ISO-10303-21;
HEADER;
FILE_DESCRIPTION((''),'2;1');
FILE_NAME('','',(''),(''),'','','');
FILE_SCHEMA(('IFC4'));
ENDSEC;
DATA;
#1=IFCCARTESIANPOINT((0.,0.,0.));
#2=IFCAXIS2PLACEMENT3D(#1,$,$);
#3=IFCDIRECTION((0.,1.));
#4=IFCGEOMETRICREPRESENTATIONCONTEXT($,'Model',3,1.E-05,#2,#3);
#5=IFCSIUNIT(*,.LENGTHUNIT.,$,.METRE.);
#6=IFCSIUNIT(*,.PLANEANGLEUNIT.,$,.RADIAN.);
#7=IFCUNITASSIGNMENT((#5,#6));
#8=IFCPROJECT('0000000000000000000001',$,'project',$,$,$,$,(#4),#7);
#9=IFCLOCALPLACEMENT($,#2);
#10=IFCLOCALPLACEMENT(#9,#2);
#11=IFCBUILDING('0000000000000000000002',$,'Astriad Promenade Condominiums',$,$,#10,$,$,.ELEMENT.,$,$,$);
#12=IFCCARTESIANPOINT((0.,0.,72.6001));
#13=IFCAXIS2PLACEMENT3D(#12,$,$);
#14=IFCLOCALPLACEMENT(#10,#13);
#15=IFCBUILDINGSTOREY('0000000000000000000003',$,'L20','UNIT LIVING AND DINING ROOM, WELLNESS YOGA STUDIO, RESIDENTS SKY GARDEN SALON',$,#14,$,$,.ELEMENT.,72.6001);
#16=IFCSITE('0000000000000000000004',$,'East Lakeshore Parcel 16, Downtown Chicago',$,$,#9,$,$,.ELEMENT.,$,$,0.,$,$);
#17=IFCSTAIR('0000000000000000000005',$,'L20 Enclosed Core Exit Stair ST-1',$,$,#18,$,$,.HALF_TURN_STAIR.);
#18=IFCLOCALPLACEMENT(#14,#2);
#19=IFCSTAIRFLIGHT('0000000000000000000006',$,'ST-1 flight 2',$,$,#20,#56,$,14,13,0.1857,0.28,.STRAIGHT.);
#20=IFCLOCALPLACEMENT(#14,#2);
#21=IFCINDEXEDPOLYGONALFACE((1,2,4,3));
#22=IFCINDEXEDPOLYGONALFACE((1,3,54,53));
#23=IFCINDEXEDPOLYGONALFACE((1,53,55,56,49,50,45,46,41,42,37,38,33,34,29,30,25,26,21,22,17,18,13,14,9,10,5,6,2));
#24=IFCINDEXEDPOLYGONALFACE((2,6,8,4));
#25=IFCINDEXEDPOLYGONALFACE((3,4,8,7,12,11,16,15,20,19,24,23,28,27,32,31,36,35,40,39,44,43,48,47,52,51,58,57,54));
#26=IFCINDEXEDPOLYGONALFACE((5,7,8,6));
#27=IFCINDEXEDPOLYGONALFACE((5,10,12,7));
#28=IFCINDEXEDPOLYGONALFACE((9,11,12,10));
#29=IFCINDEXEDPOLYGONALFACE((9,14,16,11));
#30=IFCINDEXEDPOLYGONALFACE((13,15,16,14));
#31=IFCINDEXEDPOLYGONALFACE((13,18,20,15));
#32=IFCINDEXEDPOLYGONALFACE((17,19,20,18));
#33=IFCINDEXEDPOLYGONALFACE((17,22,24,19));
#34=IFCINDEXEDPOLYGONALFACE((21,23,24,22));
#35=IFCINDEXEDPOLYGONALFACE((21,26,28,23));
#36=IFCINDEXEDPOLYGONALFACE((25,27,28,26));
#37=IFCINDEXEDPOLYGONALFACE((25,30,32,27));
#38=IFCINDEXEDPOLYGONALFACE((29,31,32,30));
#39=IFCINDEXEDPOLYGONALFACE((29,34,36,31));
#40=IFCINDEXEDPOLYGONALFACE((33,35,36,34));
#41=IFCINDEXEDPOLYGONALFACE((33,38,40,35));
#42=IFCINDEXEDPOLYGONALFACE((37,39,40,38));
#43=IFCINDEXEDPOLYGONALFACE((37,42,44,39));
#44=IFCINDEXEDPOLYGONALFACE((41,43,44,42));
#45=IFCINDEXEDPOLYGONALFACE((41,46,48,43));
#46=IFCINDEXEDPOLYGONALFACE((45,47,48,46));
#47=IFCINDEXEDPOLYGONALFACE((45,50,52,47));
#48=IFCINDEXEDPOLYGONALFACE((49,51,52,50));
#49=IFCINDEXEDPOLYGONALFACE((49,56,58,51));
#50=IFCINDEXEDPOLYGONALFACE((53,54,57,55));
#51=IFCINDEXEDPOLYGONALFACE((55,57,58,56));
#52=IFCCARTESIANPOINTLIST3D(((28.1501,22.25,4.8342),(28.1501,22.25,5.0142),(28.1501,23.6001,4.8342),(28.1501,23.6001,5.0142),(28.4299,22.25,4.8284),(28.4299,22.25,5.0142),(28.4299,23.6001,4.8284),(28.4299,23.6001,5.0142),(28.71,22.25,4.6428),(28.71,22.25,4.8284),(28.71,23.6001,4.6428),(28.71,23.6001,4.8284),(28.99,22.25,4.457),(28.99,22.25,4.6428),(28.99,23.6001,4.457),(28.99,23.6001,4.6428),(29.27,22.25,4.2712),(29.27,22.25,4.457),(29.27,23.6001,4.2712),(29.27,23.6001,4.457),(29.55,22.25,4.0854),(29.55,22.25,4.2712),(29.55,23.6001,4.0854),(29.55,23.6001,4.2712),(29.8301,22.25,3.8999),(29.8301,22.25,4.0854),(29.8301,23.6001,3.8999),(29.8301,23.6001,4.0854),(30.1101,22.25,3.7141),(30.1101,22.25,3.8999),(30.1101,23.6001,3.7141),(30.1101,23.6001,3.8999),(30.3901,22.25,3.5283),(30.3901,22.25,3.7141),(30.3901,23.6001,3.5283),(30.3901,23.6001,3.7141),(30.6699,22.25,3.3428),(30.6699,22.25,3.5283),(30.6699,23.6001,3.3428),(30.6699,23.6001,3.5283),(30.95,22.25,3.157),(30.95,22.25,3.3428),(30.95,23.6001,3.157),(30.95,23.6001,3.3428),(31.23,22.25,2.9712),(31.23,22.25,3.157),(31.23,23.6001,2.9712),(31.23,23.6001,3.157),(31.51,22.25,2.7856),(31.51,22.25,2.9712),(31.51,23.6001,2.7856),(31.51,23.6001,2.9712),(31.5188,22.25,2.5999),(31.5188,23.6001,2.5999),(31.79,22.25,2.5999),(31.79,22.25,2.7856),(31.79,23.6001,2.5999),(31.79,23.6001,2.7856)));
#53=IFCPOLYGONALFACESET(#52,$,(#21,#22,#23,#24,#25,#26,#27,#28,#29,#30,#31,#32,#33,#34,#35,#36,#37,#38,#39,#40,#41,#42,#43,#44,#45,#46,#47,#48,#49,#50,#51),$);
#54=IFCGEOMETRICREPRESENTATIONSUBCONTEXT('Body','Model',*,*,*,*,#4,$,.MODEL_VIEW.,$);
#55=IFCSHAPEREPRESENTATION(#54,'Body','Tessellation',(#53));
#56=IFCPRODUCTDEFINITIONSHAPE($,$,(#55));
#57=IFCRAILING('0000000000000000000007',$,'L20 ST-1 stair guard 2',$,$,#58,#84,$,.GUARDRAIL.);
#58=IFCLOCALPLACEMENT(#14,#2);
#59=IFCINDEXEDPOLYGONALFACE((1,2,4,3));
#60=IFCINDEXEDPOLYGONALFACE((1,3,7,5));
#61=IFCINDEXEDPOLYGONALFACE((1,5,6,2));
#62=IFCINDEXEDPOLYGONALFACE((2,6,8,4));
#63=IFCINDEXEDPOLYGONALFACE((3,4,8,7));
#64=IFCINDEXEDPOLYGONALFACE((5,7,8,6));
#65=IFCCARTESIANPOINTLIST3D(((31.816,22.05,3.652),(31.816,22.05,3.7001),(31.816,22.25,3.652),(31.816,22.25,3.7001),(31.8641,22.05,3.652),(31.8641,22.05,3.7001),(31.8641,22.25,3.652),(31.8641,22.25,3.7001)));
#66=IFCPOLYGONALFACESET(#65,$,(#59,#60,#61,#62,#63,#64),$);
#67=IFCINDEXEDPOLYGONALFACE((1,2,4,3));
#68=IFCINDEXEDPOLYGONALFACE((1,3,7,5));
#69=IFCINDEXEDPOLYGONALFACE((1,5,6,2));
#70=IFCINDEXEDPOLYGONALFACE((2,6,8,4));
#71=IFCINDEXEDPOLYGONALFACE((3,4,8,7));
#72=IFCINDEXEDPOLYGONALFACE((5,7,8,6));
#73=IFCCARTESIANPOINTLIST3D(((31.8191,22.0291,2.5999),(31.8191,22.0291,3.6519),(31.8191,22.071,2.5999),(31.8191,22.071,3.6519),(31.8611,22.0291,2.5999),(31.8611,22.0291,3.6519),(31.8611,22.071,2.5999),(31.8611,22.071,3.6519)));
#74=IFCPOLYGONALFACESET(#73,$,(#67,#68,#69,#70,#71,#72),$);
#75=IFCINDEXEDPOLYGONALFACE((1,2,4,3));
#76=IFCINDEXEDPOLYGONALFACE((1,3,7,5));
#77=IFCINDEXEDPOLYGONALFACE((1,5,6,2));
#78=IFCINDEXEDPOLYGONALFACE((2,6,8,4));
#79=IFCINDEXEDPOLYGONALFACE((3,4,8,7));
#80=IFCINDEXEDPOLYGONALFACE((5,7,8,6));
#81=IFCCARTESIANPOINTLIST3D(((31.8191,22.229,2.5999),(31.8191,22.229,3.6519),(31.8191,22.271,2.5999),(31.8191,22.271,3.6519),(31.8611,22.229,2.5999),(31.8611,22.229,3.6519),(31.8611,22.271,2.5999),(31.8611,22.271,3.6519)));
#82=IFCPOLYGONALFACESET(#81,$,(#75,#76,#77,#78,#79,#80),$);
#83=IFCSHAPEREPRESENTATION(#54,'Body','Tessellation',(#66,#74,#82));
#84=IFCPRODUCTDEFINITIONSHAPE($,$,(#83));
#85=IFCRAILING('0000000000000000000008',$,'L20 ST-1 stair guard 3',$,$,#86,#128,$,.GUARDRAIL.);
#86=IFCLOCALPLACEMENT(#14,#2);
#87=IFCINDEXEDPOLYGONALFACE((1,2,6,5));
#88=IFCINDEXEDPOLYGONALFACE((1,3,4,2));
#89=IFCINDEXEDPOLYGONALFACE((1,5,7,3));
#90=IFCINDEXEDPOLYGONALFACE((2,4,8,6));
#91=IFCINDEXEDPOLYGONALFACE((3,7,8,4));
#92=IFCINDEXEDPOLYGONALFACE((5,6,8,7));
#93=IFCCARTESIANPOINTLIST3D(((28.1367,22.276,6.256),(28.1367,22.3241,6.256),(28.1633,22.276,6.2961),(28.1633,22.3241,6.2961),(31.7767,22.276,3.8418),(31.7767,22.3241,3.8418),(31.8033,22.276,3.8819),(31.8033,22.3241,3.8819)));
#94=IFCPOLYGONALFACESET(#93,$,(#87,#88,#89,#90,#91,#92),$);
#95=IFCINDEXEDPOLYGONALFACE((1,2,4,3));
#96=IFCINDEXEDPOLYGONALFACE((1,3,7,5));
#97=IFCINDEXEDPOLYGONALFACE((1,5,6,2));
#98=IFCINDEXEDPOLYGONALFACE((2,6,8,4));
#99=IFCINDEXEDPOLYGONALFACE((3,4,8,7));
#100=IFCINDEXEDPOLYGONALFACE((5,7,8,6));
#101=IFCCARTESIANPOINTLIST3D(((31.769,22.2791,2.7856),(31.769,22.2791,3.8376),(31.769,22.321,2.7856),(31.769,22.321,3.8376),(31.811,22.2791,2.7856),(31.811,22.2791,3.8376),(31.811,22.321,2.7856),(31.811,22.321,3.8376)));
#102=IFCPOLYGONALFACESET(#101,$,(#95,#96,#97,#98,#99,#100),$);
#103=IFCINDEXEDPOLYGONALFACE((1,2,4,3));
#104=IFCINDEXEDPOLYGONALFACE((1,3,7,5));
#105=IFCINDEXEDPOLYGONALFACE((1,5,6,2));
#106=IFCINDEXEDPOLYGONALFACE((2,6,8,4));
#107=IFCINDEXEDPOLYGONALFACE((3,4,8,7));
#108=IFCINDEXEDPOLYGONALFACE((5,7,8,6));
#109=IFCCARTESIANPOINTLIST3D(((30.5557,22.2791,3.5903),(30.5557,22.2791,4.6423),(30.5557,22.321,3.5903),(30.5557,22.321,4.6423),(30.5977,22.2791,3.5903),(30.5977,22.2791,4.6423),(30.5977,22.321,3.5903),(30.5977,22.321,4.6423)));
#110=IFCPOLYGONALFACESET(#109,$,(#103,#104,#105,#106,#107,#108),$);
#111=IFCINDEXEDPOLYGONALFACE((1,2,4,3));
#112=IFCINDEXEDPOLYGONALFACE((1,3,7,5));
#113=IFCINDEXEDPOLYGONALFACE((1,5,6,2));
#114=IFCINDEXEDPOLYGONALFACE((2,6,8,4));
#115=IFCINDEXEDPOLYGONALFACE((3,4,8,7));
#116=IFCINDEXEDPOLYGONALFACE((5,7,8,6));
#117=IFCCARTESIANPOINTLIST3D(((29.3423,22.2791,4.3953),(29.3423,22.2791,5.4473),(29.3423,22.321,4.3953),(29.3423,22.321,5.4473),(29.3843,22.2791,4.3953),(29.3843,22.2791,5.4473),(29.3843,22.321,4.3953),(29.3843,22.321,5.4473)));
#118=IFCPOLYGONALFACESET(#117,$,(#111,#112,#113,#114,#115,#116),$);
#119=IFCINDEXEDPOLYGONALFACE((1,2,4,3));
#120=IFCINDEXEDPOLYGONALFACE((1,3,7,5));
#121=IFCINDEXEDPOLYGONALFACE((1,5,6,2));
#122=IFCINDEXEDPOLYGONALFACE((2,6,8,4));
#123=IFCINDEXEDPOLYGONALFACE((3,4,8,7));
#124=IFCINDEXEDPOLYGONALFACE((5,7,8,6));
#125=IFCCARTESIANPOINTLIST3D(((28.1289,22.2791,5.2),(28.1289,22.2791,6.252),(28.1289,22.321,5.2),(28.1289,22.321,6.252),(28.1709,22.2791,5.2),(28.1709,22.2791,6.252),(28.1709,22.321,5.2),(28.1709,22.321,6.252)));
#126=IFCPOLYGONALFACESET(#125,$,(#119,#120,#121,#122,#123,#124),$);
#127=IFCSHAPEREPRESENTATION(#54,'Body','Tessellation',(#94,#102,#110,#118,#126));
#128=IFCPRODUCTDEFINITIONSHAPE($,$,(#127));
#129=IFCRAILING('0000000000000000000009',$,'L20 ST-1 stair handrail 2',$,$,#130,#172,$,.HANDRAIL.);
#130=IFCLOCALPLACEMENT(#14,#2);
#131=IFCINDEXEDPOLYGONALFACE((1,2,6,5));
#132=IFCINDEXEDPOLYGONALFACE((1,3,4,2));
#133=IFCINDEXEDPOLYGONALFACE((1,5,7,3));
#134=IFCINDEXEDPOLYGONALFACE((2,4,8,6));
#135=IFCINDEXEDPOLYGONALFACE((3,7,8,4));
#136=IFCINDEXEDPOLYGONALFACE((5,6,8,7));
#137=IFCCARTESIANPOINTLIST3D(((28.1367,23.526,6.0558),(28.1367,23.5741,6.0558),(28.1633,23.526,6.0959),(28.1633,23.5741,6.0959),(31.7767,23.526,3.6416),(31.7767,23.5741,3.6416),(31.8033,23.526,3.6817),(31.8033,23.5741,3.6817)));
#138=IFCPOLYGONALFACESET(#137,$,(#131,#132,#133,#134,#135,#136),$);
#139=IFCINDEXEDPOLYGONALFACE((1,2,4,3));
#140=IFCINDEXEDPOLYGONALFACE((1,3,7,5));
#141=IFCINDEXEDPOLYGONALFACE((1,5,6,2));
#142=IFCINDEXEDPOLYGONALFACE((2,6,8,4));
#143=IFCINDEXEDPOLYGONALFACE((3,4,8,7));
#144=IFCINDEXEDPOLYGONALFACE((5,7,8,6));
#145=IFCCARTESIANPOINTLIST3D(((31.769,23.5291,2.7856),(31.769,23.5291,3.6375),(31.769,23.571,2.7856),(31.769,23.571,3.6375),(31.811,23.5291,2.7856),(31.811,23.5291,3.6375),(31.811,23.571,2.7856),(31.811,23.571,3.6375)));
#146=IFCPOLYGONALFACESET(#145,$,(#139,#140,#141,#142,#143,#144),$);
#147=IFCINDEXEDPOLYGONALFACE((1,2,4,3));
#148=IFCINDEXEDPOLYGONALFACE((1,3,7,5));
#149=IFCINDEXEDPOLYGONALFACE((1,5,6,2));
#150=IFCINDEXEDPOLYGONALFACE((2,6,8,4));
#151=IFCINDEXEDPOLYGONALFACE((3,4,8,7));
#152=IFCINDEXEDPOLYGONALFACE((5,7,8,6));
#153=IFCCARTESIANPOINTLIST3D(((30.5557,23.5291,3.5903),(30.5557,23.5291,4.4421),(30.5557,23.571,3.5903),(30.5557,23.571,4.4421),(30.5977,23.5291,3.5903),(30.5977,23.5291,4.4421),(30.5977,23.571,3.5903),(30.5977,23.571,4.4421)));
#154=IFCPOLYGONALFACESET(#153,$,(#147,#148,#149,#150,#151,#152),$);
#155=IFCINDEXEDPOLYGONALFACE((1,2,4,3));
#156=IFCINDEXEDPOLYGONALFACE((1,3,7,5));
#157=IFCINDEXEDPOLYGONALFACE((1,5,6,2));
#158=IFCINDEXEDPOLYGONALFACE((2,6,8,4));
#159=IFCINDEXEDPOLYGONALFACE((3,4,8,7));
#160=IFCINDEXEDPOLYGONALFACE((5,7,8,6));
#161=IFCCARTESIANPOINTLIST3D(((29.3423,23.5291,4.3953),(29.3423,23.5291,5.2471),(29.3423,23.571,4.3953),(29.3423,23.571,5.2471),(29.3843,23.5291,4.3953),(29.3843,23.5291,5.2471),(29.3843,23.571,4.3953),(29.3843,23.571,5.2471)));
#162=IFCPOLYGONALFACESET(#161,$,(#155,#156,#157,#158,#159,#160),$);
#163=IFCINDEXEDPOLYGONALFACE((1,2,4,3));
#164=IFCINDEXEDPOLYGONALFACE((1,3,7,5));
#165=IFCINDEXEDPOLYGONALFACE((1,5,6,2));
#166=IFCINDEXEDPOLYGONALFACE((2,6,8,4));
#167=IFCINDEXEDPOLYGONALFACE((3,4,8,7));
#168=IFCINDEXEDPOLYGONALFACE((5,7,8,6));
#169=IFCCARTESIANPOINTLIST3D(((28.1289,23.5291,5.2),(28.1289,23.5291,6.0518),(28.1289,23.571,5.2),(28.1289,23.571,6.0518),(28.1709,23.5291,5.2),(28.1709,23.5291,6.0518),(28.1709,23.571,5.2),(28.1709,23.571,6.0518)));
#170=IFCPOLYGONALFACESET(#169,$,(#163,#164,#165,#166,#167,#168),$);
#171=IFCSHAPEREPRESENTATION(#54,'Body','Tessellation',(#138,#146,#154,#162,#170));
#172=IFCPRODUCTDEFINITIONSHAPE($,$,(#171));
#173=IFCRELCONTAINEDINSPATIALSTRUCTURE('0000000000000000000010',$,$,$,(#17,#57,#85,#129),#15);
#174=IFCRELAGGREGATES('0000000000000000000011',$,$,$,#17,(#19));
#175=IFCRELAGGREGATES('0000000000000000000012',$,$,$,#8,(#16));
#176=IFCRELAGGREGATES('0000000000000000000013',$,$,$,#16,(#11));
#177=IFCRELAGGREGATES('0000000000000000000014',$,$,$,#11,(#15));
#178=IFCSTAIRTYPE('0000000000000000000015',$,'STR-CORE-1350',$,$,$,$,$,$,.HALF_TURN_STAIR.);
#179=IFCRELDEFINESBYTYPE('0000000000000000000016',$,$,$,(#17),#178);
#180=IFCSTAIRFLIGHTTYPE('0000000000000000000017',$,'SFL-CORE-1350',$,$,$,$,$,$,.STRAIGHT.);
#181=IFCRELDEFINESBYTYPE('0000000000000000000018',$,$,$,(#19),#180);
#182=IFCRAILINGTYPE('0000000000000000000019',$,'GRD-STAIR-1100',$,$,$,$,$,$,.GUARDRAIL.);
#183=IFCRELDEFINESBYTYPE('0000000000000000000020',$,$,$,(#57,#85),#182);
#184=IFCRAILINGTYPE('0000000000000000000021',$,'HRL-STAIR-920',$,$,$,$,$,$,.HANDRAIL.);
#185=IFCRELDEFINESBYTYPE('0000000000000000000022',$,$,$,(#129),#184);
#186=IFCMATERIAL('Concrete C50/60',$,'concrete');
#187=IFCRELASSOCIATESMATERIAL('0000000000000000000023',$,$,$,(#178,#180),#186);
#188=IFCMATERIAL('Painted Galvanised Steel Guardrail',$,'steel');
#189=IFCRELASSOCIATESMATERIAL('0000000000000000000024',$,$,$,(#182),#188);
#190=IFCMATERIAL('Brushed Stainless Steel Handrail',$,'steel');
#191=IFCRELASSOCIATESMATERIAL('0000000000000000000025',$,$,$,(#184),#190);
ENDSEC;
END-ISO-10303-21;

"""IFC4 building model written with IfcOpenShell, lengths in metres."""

from ifc_helpers import new_model, si_unit, direction, frame, origin, origin_2d, place, context, subcontext, project, spatial, polyline, rectangle, outline, extrude, source, transform, mapped, material, type_object, type_shapes, element, aggregate, save


model = new_model("IFC4")

# Units and contexts
model_context = context("Model", 3, precision=1e-05, world=origin(), true_north=direction((0.0, 1.0)))
body_context = subcontext(model_context, "Body", "Model", "MODEL_VIEW")
ifc_project = project(units=[si_unit("LENGTHUNIT", "METRE"), si_unit("PLANEANGLEUNIT", "RADIAN")], contexts=[model_context])

# Site, building, storey
site_placement = place(None, origin())
site = spatial("IfcSite", under=ifc_project, at=site_placement, Name="East Lakeshore Parcel 16, Downtown Chicago", CompositionType="ELEMENT", RefElevation=0.0)
building_placement = place(site_placement, origin())
building = spatial("IfcBuilding", under=site, at=building_placement, Name="Astriad Promenade Condominiums", CompositionType="ELEMENT")
storey_placement = place(building_placement, frame((0.0, 0.0, 72.6001)))
storey = spatial("IfcBuildingStorey", under=building, at=storey_placement, Name="L20", Description="UNIT LIVING AND DINING ROOM, WELLNESS YOGA STUDIO, RESIDENTS SKY GARDEN SALON", CompositionType="ELEMENT", Elevation=72.6001)

# Shared definitions
ifc_material_1 = material(Name="Concrete C50/60", Category="concrete")

# Stair, stair flight
stair_type = type_object("IfcStairType", Name="STR-CORE-1350", PredefinedType="HALF_TURN_STAIR", material=ifc_material_1)
stair_placement = place(storey_placement, origin())
stair = element("IfcStair", 1, at=stair_placement, inside=storey, type_object=stair_type, Name="L20 Enclosed Core Exit Stair ST-1", PredefinedType="HALF_TURN_STAIR")
stair_flight_type = type_object("IfcStairFlightType", Name="SFL-CORE-1350", PredefinedType="STRAIGHT", material=ifc_material_1)
shared_shape_1 = source(origin(), body_context, "Body", "SweptSolid", [
    extrude(outline(polyline([(0.0, 0.0), (0.0, 0.1858), (0.28, 0.1858), (0.28, 0.3713), (0.5601, 0.3713), (0.5601, 0.5571), (0.8401, 0.5571), (0.8401, 0.7429), (1.1201, 0.7429), (1.1201, 0.9285), (1.3999, 0.9285), (1.3999, 1.1143), (1.6799, 1.1143), (1.6799, 1.3), (1.96, 1.3), (1.96, 1.4856), (2.24, 1.4856), (2.24, 1.6714), (2.52, 1.6714), (2.52, 1.8572), (2.8, 1.8572), (2.8, 2.043), (3.0801, 2.043), (3.0801, 2.2285), (3.3601, 2.2285), (3.3601, 2.4143), (3.6399, 2.4143), (3.6399, 2.6001), (3.6399, 2.2344), (0.2712, 0.0), (0.0, 0.0)])), frame((0.0, 0.675, 0.0), z_axis=(0.0, -1.0, 0.0), x_axis=(1.0, 0.0, 0.0)), (0.0, 0.0, 1.0), 1.3501),
])
type_shapes(stair_flight_type, [shared_shape_1])
stair_flight_placement = place(storey_placement, frame((31.79, 22.925, 2.5999), z_axis=(0.0, 0.0, 1.0), x_axis=(-1.0, 0.0, 0.0)))
stair_flight = element("IfcStairFlight", 2, at=stair_flight_placement, type_object=stair_flight_type, Name="ST-1 flight 2", NumberOfRisers=14, NumberOfTreads=13, PredefinedType="STRAIGHT", RiserHeight=0.1857, TreadLength=0.28, context=body_context, shape_type="MappedRepresentation", body=[
    mapped(shared_shape_1, transform((0.0, 0.0, 0.0), scale=1.0)),
])
aggregate(stair, [stair_flight])

# Railings
ifc_material_2 = material(Name="Painted Galvanised Steel Guardrail", Category="steel")
railing_type_1 = type_object("IfcRailingType", Name="GRD-STAIR-1100", PredefinedType="GUARDRAIL", material=ifc_material_2)
shared_shape_2 = source(origin(), body_context, "Body", "SweptSolid", [
    extrude(rectangle(XDim=0.0481, YDim=0.0481, at=origin_2d()), frame((0.0, 0.0, 1.0762), z_axis=(0.0, 1.0, 0.0), x_axis=(-1.0, 0.0, 0.0)), (0.0, 0.0, 1.0), 0.2),
    extrude(rectangle(XDim=0.042, YDim=0.042, at=origin_2d()), origin(), (0.0, 0.0, 1.0), 1.052),
    extrude(rectangle(XDim=0.042, YDim=0.042, at=origin_2d()), frame((0.0, 0.2, 0.0)), (0.0, 0.0, 1.0), 1.052),
])
railing_1_placement = place(storey_placement, frame((31.8401, 22.05, 2.5999)))
element("IfcRailing", 3, at=railing_1_placement, inside=storey, type_object=railing_type_1, Name="L20 ST-1 stair guard 2", PredefinedType="GUARDRAIL", context=body_context, shape_type="MappedRepresentation", body=[
    mapped(shared_shape_2, transform((0.0, 0.0, 0.0), scale=1.0)),
])
shared_shape_3 = source(origin(), body_context, "Body", "SweptSolid", [
    extrude(rectangle(XDim=0.0481, YDim=0.0481, at=origin_2d()), frame((0.0, 0.0, 1.0762), z_axis=(-0.833364, 0.0, 0.552725), x_axis=(0.0, -1.0, 0.0)), (0.0, 0.0, 1.0), 4.3679),
    extrude(rectangle(XDim=0.042, YDim=0.042, at=origin_2d()), origin(), (0.0, 0.0, 1.0), 1.052),
    extrude(rectangle(XDim=0.042, YDim=0.042, at=origin_2d()), frame((-1.2134, 0.0, 0.8047)), (0.0, 0.0, 1.0), 1.052),
    extrude(rectangle(XDim=0.042, YDim=0.042, at=origin_2d()), frame((-2.4268, 0.0, 1.6096)), (0.0, 0.0, 1.0), 1.052),
    extrude(rectangle(XDim=0.042, YDim=0.042, at=origin_2d()), frame((-3.6401, 0.0, 2.4143)), (0.0, 0.0, 1.0), 1.052),
])
type_shapes(railing_type_1, [shared_shape_2, shared_shape_3])
railing_2_placement = place(storey_placement, frame((31.79, 22.3, 2.7856)))
element("IfcRailing", 4, at=railing_2_placement, inside=storey, type_object=railing_type_1, Name="L20 ST-1 stair guard 3", PredefinedType="GUARDRAIL", context=body_context, shape_type="MappedRepresentation", body=[
    mapped(shared_shape_3, transform((0.0, 0.0, 0.0), scale=1.0)),
])
ifc_material_3 = material(Name="Brushed Stainless Steel Handrail", Category="steel")
railing_type_2 = type_object("IfcRailingType", Name="HRL-STAIR-920", PredefinedType="HANDRAIL", material=ifc_material_3)
shared_shape_4 = source(origin(), body_context, "Body", "SweptSolid", [
    extrude(rectangle(XDim=0.0481, YDim=0.0481, at=origin_2d()), frame((0.0, 0.0, 0.876), z_axis=(-0.833364, 0.0, 0.552725), x_axis=(0.0, -1.0, 0.0)), (0.0, 0.0, 1.0), 4.3679),
    extrude(rectangle(XDim=0.042, YDim=0.042, at=origin_2d()), origin(), (0.0, 0.0, 1.0), 0.8518),
    extrude(rectangle(XDim=0.042, YDim=0.042, at=origin_2d()), frame((-1.2134, 0.0, 0.8047)), (0.0, 0.0, 1.0), 0.8518),
    extrude(rectangle(XDim=0.042, YDim=0.042, at=origin_2d()), frame((-2.4268, 0.0, 1.6096)), (0.0, 0.0, 1.0), 0.8518),
    extrude(rectangle(XDim=0.042, YDim=0.042, at=origin_2d()), frame((-3.6401, 0.0, 2.4143)), (0.0, 0.0, 1.0), 0.8518),
])
type_shapes(railing_type_2, [shared_shape_4])
railing_3_placement = place(storey_placement, frame((31.79, 23.55, 2.7856)))
element("IfcRailing", 5, at=railing_3_placement, inside=storey, type_object=railing_type_2, Name="L20 ST-1 stair handrail 2", PredefinedType="HANDRAIL", context=body_context, shape_type="MappedRepresentation", body=[
    mapped(shared_shape_4, transform((0.0, 0.0, 0.0), scale=1.0)),
])

save(model, "model.ifc")
